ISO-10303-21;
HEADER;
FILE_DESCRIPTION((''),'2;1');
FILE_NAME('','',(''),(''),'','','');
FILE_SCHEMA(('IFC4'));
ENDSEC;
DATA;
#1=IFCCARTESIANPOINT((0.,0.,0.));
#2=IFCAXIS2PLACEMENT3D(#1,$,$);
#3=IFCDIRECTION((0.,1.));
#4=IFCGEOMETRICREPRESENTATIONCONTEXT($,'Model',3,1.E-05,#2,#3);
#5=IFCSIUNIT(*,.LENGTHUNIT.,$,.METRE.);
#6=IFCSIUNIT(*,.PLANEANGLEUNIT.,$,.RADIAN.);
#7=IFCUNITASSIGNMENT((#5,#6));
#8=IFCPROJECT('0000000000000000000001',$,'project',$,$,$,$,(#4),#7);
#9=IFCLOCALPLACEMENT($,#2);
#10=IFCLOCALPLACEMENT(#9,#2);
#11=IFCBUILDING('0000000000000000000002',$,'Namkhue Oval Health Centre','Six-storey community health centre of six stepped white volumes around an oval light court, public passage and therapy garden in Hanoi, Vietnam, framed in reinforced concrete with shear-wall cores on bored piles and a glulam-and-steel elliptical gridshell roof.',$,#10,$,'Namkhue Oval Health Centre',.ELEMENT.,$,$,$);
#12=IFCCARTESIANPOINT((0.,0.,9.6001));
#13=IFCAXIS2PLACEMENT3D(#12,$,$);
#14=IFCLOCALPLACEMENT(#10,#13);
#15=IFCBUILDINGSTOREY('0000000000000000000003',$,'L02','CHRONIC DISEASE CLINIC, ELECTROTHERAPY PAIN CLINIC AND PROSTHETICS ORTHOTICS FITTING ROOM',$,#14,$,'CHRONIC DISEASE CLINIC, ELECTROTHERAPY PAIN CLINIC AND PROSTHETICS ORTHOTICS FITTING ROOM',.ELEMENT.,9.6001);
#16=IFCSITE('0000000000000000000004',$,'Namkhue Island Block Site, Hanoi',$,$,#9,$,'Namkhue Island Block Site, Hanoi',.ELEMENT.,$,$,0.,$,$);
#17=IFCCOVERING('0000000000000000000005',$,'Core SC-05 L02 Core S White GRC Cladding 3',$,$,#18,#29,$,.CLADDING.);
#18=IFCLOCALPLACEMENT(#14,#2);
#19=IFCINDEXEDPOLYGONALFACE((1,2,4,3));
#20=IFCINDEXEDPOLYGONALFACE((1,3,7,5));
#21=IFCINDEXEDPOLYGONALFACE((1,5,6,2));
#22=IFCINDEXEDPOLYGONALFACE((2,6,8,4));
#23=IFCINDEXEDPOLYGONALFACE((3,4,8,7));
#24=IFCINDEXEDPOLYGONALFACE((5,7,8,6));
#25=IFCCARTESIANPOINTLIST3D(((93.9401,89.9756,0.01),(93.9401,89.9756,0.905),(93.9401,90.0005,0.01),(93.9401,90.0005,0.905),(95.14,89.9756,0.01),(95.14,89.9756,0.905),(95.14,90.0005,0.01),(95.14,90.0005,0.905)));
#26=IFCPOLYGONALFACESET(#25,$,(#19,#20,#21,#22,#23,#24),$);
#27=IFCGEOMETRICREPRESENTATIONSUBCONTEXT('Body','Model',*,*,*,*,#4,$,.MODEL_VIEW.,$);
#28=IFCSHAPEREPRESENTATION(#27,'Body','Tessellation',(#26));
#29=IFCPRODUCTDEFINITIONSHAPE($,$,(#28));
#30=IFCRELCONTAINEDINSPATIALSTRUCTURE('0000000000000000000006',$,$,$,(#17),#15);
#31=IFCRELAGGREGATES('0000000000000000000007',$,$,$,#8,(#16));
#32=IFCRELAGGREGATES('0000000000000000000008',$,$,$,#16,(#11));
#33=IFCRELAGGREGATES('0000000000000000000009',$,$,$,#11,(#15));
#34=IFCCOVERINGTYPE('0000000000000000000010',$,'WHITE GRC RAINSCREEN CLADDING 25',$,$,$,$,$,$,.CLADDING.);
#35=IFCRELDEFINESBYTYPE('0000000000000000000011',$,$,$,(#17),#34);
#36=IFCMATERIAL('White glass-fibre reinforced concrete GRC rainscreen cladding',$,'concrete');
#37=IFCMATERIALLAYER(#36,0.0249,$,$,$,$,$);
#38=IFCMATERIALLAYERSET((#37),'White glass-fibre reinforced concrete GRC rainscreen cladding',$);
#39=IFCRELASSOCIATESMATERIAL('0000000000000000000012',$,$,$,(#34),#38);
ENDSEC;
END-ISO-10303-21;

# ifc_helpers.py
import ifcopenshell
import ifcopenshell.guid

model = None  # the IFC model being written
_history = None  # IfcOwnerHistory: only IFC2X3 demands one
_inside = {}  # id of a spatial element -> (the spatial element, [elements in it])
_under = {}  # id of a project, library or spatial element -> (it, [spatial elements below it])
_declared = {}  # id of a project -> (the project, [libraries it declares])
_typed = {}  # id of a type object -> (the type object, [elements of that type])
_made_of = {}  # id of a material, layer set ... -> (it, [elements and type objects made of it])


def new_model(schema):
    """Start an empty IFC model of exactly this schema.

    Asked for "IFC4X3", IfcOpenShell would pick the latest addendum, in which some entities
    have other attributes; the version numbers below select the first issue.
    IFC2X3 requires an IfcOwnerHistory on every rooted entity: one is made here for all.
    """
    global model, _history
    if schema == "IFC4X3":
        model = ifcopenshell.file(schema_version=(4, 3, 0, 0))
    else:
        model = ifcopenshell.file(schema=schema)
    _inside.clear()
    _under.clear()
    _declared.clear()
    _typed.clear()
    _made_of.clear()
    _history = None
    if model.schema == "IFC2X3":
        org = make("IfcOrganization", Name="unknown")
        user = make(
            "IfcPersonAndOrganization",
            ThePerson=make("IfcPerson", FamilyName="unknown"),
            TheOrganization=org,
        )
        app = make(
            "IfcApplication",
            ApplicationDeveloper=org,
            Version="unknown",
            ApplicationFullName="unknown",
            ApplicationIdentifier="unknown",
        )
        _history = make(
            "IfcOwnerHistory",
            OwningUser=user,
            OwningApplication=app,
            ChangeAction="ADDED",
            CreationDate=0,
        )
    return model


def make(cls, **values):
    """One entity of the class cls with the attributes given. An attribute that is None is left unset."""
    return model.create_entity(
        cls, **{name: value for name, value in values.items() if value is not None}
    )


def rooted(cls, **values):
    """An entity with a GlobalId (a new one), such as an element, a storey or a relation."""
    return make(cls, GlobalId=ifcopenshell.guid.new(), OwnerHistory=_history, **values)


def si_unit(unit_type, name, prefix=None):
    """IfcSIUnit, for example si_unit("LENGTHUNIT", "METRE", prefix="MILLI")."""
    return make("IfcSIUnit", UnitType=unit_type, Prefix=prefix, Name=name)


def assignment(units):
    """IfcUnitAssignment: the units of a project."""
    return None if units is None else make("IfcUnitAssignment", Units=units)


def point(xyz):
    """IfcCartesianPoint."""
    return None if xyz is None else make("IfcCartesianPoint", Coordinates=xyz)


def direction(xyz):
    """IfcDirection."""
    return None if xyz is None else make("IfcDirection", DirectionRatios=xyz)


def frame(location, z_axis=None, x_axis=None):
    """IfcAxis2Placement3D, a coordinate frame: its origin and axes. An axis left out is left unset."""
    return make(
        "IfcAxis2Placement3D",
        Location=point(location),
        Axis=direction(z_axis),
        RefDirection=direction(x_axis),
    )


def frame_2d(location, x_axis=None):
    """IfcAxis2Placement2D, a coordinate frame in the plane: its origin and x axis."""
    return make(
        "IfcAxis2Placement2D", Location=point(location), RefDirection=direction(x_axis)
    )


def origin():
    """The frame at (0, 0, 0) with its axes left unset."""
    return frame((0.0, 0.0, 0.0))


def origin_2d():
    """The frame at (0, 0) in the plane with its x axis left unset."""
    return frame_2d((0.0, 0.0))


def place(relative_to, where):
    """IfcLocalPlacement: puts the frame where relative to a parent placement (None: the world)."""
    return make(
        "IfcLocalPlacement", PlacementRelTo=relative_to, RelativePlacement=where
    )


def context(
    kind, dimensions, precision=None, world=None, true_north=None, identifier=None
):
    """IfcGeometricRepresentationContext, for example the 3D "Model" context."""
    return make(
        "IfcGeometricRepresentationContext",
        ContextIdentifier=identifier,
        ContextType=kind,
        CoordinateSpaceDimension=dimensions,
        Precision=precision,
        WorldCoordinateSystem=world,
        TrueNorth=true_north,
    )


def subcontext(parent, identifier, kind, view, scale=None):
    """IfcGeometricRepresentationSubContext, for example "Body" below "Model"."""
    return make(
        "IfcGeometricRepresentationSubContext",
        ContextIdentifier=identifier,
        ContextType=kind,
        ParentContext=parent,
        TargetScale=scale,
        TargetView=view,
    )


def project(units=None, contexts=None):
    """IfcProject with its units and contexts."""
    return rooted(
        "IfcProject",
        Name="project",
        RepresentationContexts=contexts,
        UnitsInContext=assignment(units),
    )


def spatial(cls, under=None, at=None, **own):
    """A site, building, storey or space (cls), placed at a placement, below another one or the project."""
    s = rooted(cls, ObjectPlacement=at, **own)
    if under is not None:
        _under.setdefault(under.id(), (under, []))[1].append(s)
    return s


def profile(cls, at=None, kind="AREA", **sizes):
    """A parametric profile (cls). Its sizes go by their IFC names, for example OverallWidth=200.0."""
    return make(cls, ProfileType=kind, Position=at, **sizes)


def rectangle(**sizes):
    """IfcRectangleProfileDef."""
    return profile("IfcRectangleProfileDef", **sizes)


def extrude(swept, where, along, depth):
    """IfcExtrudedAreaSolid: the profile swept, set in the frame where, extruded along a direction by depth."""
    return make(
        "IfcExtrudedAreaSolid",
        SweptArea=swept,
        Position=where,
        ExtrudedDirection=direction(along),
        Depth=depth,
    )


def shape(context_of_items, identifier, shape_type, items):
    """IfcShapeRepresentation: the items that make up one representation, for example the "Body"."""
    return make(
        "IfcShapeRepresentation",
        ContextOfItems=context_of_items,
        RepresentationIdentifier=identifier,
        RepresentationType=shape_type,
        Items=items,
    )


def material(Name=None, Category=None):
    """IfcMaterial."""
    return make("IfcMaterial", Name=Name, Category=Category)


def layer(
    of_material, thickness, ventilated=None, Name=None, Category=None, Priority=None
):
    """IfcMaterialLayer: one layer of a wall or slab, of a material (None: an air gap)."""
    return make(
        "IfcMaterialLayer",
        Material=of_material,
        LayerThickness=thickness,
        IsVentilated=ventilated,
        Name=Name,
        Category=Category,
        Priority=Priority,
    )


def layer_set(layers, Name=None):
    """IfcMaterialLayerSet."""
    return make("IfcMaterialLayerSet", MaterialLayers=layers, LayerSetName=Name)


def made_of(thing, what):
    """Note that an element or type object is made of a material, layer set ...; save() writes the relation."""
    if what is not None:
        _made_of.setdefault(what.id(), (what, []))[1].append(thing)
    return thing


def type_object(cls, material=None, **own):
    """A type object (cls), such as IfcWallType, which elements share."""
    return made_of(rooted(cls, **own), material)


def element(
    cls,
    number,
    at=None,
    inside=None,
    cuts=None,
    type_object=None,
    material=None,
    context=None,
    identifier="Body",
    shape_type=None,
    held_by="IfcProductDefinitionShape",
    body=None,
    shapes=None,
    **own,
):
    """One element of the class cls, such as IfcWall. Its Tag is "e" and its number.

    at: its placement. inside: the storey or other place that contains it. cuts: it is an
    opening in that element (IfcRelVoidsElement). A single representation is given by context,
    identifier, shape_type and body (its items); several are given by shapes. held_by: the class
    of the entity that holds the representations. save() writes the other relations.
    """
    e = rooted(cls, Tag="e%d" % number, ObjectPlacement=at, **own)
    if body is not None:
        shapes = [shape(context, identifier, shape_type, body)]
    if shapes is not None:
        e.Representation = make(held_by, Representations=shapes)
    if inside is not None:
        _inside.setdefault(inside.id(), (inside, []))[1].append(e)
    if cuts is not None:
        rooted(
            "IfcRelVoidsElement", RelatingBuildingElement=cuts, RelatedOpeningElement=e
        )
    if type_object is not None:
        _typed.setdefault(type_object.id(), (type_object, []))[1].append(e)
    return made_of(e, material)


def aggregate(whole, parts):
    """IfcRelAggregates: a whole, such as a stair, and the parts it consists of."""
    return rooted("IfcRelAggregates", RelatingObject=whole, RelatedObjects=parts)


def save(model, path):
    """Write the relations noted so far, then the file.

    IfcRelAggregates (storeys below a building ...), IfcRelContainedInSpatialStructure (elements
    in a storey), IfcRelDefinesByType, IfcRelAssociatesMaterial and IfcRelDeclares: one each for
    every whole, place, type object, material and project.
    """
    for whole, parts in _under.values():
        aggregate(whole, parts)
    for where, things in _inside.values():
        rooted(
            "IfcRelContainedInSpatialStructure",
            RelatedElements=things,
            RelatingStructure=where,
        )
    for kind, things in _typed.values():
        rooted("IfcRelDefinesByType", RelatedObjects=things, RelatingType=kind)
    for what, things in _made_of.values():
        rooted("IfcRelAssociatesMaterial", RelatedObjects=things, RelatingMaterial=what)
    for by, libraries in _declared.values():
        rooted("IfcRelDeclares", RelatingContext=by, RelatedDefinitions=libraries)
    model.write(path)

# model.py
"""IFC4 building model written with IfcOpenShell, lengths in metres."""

from ifc_helpers import new_model, si_unit, direction, frame, origin, origin_2d, place, context, subcontext, project, spatial, rectangle, extrude, material, layer, layer_set, type_object, element, save


model = new_model("IFC4")

# Units and contexts
model_context = context("Model", 3, precision=1e-05, world=origin(), true_north=direction((0.0, 1.0)))
body_context = subcontext(model_context, "Body", "Model", "MODEL_VIEW")
ifc_project = project(units=[si_unit("LENGTHUNIT", "METRE"), si_unit("PLANEANGLEUNIT", "RADIAN")], contexts=[model_context])

# Site, building, storey
site_placement = place(None, origin())
site = spatial("IfcSite", under=ifc_project, at=site_placement, Name="Namkhue Island Block Site, Hanoi", LongName="Namkhue Island Block Site, Hanoi", CompositionType="ELEMENT", RefElevation=0.0)
building_placement = place(site_placement, origin())
building = spatial("IfcBuilding", under=site, at=building_placement, Name="Namkhue Oval Health Centre", Description="Six-storey community health centre of six stepped white volumes around an oval light court, public passage and therapy garden in Hanoi, Vietnam, framed in reinforced concrete with shear-wall cores on bored piles and a glulam-and-steel elliptical gridshell roof.", LongName="Namkhue Oval Health Centre", CompositionType="ELEMENT")
storey_placement = place(building_placement, frame((0.0, 0.0, 9.6001)))
storey = spatial("IfcBuildingStorey", under=building, at=storey_placement, Name="L02", Description="CHRONIC DISEASE CLINIC, ELECTROTHERAPY PAIN CLINIC AND PROSTHETICS ORTHOTICS FITTING ROOM", LongName="CHRONIC DISEASE CLINIC, ELECTROTHERAPY PAIN CLINIC AND PROSTHETICS ORTHOTICS FITTING ROOM", CompositionType="ELEMENT", Elevation=9.6001)

# Covering
ifc_material_1 = material(Name="White glass-fibre reinforced concrete GRC rainscreen cladding", Category="concrete")
ifc_layer_1 = layer(ifc_material_1, 0.0249)
ifc_layer_set_1 = layer_set([ifc_layer_1], Name="White glass-fibre reinforced concrete GRC rainscreen cladding")
covering_type = type_object("IfcCoveringType", Name="WHITE GRC RAINSCREEN CLADDING 25", PredefinedType="CLADDING", material=ifc_layer_set_1)
covering_1_placement = place(storey_placement, frame((94.54, 89.988, 0.01), z_axis=(0.0, 0.0, 1.0), x_axis=(1.0, 0.0, 0.0)))
element("IfcCovering", 1, at=covering_1_placement, inside=storey, type_object=covering_type, Name="Core SC-05 L02 Core S White GRC Cladding 3", PredefinedType="CLADDING", context=body_context, shape_type="SweptSolid", body=[
    extrude(rectangle(XDim=1.2, YDim=0.0249, at=origin_2d()), origin(), (0.0, 0.0, 1.0), 0.895),
])

save(model, "model.ifc")
